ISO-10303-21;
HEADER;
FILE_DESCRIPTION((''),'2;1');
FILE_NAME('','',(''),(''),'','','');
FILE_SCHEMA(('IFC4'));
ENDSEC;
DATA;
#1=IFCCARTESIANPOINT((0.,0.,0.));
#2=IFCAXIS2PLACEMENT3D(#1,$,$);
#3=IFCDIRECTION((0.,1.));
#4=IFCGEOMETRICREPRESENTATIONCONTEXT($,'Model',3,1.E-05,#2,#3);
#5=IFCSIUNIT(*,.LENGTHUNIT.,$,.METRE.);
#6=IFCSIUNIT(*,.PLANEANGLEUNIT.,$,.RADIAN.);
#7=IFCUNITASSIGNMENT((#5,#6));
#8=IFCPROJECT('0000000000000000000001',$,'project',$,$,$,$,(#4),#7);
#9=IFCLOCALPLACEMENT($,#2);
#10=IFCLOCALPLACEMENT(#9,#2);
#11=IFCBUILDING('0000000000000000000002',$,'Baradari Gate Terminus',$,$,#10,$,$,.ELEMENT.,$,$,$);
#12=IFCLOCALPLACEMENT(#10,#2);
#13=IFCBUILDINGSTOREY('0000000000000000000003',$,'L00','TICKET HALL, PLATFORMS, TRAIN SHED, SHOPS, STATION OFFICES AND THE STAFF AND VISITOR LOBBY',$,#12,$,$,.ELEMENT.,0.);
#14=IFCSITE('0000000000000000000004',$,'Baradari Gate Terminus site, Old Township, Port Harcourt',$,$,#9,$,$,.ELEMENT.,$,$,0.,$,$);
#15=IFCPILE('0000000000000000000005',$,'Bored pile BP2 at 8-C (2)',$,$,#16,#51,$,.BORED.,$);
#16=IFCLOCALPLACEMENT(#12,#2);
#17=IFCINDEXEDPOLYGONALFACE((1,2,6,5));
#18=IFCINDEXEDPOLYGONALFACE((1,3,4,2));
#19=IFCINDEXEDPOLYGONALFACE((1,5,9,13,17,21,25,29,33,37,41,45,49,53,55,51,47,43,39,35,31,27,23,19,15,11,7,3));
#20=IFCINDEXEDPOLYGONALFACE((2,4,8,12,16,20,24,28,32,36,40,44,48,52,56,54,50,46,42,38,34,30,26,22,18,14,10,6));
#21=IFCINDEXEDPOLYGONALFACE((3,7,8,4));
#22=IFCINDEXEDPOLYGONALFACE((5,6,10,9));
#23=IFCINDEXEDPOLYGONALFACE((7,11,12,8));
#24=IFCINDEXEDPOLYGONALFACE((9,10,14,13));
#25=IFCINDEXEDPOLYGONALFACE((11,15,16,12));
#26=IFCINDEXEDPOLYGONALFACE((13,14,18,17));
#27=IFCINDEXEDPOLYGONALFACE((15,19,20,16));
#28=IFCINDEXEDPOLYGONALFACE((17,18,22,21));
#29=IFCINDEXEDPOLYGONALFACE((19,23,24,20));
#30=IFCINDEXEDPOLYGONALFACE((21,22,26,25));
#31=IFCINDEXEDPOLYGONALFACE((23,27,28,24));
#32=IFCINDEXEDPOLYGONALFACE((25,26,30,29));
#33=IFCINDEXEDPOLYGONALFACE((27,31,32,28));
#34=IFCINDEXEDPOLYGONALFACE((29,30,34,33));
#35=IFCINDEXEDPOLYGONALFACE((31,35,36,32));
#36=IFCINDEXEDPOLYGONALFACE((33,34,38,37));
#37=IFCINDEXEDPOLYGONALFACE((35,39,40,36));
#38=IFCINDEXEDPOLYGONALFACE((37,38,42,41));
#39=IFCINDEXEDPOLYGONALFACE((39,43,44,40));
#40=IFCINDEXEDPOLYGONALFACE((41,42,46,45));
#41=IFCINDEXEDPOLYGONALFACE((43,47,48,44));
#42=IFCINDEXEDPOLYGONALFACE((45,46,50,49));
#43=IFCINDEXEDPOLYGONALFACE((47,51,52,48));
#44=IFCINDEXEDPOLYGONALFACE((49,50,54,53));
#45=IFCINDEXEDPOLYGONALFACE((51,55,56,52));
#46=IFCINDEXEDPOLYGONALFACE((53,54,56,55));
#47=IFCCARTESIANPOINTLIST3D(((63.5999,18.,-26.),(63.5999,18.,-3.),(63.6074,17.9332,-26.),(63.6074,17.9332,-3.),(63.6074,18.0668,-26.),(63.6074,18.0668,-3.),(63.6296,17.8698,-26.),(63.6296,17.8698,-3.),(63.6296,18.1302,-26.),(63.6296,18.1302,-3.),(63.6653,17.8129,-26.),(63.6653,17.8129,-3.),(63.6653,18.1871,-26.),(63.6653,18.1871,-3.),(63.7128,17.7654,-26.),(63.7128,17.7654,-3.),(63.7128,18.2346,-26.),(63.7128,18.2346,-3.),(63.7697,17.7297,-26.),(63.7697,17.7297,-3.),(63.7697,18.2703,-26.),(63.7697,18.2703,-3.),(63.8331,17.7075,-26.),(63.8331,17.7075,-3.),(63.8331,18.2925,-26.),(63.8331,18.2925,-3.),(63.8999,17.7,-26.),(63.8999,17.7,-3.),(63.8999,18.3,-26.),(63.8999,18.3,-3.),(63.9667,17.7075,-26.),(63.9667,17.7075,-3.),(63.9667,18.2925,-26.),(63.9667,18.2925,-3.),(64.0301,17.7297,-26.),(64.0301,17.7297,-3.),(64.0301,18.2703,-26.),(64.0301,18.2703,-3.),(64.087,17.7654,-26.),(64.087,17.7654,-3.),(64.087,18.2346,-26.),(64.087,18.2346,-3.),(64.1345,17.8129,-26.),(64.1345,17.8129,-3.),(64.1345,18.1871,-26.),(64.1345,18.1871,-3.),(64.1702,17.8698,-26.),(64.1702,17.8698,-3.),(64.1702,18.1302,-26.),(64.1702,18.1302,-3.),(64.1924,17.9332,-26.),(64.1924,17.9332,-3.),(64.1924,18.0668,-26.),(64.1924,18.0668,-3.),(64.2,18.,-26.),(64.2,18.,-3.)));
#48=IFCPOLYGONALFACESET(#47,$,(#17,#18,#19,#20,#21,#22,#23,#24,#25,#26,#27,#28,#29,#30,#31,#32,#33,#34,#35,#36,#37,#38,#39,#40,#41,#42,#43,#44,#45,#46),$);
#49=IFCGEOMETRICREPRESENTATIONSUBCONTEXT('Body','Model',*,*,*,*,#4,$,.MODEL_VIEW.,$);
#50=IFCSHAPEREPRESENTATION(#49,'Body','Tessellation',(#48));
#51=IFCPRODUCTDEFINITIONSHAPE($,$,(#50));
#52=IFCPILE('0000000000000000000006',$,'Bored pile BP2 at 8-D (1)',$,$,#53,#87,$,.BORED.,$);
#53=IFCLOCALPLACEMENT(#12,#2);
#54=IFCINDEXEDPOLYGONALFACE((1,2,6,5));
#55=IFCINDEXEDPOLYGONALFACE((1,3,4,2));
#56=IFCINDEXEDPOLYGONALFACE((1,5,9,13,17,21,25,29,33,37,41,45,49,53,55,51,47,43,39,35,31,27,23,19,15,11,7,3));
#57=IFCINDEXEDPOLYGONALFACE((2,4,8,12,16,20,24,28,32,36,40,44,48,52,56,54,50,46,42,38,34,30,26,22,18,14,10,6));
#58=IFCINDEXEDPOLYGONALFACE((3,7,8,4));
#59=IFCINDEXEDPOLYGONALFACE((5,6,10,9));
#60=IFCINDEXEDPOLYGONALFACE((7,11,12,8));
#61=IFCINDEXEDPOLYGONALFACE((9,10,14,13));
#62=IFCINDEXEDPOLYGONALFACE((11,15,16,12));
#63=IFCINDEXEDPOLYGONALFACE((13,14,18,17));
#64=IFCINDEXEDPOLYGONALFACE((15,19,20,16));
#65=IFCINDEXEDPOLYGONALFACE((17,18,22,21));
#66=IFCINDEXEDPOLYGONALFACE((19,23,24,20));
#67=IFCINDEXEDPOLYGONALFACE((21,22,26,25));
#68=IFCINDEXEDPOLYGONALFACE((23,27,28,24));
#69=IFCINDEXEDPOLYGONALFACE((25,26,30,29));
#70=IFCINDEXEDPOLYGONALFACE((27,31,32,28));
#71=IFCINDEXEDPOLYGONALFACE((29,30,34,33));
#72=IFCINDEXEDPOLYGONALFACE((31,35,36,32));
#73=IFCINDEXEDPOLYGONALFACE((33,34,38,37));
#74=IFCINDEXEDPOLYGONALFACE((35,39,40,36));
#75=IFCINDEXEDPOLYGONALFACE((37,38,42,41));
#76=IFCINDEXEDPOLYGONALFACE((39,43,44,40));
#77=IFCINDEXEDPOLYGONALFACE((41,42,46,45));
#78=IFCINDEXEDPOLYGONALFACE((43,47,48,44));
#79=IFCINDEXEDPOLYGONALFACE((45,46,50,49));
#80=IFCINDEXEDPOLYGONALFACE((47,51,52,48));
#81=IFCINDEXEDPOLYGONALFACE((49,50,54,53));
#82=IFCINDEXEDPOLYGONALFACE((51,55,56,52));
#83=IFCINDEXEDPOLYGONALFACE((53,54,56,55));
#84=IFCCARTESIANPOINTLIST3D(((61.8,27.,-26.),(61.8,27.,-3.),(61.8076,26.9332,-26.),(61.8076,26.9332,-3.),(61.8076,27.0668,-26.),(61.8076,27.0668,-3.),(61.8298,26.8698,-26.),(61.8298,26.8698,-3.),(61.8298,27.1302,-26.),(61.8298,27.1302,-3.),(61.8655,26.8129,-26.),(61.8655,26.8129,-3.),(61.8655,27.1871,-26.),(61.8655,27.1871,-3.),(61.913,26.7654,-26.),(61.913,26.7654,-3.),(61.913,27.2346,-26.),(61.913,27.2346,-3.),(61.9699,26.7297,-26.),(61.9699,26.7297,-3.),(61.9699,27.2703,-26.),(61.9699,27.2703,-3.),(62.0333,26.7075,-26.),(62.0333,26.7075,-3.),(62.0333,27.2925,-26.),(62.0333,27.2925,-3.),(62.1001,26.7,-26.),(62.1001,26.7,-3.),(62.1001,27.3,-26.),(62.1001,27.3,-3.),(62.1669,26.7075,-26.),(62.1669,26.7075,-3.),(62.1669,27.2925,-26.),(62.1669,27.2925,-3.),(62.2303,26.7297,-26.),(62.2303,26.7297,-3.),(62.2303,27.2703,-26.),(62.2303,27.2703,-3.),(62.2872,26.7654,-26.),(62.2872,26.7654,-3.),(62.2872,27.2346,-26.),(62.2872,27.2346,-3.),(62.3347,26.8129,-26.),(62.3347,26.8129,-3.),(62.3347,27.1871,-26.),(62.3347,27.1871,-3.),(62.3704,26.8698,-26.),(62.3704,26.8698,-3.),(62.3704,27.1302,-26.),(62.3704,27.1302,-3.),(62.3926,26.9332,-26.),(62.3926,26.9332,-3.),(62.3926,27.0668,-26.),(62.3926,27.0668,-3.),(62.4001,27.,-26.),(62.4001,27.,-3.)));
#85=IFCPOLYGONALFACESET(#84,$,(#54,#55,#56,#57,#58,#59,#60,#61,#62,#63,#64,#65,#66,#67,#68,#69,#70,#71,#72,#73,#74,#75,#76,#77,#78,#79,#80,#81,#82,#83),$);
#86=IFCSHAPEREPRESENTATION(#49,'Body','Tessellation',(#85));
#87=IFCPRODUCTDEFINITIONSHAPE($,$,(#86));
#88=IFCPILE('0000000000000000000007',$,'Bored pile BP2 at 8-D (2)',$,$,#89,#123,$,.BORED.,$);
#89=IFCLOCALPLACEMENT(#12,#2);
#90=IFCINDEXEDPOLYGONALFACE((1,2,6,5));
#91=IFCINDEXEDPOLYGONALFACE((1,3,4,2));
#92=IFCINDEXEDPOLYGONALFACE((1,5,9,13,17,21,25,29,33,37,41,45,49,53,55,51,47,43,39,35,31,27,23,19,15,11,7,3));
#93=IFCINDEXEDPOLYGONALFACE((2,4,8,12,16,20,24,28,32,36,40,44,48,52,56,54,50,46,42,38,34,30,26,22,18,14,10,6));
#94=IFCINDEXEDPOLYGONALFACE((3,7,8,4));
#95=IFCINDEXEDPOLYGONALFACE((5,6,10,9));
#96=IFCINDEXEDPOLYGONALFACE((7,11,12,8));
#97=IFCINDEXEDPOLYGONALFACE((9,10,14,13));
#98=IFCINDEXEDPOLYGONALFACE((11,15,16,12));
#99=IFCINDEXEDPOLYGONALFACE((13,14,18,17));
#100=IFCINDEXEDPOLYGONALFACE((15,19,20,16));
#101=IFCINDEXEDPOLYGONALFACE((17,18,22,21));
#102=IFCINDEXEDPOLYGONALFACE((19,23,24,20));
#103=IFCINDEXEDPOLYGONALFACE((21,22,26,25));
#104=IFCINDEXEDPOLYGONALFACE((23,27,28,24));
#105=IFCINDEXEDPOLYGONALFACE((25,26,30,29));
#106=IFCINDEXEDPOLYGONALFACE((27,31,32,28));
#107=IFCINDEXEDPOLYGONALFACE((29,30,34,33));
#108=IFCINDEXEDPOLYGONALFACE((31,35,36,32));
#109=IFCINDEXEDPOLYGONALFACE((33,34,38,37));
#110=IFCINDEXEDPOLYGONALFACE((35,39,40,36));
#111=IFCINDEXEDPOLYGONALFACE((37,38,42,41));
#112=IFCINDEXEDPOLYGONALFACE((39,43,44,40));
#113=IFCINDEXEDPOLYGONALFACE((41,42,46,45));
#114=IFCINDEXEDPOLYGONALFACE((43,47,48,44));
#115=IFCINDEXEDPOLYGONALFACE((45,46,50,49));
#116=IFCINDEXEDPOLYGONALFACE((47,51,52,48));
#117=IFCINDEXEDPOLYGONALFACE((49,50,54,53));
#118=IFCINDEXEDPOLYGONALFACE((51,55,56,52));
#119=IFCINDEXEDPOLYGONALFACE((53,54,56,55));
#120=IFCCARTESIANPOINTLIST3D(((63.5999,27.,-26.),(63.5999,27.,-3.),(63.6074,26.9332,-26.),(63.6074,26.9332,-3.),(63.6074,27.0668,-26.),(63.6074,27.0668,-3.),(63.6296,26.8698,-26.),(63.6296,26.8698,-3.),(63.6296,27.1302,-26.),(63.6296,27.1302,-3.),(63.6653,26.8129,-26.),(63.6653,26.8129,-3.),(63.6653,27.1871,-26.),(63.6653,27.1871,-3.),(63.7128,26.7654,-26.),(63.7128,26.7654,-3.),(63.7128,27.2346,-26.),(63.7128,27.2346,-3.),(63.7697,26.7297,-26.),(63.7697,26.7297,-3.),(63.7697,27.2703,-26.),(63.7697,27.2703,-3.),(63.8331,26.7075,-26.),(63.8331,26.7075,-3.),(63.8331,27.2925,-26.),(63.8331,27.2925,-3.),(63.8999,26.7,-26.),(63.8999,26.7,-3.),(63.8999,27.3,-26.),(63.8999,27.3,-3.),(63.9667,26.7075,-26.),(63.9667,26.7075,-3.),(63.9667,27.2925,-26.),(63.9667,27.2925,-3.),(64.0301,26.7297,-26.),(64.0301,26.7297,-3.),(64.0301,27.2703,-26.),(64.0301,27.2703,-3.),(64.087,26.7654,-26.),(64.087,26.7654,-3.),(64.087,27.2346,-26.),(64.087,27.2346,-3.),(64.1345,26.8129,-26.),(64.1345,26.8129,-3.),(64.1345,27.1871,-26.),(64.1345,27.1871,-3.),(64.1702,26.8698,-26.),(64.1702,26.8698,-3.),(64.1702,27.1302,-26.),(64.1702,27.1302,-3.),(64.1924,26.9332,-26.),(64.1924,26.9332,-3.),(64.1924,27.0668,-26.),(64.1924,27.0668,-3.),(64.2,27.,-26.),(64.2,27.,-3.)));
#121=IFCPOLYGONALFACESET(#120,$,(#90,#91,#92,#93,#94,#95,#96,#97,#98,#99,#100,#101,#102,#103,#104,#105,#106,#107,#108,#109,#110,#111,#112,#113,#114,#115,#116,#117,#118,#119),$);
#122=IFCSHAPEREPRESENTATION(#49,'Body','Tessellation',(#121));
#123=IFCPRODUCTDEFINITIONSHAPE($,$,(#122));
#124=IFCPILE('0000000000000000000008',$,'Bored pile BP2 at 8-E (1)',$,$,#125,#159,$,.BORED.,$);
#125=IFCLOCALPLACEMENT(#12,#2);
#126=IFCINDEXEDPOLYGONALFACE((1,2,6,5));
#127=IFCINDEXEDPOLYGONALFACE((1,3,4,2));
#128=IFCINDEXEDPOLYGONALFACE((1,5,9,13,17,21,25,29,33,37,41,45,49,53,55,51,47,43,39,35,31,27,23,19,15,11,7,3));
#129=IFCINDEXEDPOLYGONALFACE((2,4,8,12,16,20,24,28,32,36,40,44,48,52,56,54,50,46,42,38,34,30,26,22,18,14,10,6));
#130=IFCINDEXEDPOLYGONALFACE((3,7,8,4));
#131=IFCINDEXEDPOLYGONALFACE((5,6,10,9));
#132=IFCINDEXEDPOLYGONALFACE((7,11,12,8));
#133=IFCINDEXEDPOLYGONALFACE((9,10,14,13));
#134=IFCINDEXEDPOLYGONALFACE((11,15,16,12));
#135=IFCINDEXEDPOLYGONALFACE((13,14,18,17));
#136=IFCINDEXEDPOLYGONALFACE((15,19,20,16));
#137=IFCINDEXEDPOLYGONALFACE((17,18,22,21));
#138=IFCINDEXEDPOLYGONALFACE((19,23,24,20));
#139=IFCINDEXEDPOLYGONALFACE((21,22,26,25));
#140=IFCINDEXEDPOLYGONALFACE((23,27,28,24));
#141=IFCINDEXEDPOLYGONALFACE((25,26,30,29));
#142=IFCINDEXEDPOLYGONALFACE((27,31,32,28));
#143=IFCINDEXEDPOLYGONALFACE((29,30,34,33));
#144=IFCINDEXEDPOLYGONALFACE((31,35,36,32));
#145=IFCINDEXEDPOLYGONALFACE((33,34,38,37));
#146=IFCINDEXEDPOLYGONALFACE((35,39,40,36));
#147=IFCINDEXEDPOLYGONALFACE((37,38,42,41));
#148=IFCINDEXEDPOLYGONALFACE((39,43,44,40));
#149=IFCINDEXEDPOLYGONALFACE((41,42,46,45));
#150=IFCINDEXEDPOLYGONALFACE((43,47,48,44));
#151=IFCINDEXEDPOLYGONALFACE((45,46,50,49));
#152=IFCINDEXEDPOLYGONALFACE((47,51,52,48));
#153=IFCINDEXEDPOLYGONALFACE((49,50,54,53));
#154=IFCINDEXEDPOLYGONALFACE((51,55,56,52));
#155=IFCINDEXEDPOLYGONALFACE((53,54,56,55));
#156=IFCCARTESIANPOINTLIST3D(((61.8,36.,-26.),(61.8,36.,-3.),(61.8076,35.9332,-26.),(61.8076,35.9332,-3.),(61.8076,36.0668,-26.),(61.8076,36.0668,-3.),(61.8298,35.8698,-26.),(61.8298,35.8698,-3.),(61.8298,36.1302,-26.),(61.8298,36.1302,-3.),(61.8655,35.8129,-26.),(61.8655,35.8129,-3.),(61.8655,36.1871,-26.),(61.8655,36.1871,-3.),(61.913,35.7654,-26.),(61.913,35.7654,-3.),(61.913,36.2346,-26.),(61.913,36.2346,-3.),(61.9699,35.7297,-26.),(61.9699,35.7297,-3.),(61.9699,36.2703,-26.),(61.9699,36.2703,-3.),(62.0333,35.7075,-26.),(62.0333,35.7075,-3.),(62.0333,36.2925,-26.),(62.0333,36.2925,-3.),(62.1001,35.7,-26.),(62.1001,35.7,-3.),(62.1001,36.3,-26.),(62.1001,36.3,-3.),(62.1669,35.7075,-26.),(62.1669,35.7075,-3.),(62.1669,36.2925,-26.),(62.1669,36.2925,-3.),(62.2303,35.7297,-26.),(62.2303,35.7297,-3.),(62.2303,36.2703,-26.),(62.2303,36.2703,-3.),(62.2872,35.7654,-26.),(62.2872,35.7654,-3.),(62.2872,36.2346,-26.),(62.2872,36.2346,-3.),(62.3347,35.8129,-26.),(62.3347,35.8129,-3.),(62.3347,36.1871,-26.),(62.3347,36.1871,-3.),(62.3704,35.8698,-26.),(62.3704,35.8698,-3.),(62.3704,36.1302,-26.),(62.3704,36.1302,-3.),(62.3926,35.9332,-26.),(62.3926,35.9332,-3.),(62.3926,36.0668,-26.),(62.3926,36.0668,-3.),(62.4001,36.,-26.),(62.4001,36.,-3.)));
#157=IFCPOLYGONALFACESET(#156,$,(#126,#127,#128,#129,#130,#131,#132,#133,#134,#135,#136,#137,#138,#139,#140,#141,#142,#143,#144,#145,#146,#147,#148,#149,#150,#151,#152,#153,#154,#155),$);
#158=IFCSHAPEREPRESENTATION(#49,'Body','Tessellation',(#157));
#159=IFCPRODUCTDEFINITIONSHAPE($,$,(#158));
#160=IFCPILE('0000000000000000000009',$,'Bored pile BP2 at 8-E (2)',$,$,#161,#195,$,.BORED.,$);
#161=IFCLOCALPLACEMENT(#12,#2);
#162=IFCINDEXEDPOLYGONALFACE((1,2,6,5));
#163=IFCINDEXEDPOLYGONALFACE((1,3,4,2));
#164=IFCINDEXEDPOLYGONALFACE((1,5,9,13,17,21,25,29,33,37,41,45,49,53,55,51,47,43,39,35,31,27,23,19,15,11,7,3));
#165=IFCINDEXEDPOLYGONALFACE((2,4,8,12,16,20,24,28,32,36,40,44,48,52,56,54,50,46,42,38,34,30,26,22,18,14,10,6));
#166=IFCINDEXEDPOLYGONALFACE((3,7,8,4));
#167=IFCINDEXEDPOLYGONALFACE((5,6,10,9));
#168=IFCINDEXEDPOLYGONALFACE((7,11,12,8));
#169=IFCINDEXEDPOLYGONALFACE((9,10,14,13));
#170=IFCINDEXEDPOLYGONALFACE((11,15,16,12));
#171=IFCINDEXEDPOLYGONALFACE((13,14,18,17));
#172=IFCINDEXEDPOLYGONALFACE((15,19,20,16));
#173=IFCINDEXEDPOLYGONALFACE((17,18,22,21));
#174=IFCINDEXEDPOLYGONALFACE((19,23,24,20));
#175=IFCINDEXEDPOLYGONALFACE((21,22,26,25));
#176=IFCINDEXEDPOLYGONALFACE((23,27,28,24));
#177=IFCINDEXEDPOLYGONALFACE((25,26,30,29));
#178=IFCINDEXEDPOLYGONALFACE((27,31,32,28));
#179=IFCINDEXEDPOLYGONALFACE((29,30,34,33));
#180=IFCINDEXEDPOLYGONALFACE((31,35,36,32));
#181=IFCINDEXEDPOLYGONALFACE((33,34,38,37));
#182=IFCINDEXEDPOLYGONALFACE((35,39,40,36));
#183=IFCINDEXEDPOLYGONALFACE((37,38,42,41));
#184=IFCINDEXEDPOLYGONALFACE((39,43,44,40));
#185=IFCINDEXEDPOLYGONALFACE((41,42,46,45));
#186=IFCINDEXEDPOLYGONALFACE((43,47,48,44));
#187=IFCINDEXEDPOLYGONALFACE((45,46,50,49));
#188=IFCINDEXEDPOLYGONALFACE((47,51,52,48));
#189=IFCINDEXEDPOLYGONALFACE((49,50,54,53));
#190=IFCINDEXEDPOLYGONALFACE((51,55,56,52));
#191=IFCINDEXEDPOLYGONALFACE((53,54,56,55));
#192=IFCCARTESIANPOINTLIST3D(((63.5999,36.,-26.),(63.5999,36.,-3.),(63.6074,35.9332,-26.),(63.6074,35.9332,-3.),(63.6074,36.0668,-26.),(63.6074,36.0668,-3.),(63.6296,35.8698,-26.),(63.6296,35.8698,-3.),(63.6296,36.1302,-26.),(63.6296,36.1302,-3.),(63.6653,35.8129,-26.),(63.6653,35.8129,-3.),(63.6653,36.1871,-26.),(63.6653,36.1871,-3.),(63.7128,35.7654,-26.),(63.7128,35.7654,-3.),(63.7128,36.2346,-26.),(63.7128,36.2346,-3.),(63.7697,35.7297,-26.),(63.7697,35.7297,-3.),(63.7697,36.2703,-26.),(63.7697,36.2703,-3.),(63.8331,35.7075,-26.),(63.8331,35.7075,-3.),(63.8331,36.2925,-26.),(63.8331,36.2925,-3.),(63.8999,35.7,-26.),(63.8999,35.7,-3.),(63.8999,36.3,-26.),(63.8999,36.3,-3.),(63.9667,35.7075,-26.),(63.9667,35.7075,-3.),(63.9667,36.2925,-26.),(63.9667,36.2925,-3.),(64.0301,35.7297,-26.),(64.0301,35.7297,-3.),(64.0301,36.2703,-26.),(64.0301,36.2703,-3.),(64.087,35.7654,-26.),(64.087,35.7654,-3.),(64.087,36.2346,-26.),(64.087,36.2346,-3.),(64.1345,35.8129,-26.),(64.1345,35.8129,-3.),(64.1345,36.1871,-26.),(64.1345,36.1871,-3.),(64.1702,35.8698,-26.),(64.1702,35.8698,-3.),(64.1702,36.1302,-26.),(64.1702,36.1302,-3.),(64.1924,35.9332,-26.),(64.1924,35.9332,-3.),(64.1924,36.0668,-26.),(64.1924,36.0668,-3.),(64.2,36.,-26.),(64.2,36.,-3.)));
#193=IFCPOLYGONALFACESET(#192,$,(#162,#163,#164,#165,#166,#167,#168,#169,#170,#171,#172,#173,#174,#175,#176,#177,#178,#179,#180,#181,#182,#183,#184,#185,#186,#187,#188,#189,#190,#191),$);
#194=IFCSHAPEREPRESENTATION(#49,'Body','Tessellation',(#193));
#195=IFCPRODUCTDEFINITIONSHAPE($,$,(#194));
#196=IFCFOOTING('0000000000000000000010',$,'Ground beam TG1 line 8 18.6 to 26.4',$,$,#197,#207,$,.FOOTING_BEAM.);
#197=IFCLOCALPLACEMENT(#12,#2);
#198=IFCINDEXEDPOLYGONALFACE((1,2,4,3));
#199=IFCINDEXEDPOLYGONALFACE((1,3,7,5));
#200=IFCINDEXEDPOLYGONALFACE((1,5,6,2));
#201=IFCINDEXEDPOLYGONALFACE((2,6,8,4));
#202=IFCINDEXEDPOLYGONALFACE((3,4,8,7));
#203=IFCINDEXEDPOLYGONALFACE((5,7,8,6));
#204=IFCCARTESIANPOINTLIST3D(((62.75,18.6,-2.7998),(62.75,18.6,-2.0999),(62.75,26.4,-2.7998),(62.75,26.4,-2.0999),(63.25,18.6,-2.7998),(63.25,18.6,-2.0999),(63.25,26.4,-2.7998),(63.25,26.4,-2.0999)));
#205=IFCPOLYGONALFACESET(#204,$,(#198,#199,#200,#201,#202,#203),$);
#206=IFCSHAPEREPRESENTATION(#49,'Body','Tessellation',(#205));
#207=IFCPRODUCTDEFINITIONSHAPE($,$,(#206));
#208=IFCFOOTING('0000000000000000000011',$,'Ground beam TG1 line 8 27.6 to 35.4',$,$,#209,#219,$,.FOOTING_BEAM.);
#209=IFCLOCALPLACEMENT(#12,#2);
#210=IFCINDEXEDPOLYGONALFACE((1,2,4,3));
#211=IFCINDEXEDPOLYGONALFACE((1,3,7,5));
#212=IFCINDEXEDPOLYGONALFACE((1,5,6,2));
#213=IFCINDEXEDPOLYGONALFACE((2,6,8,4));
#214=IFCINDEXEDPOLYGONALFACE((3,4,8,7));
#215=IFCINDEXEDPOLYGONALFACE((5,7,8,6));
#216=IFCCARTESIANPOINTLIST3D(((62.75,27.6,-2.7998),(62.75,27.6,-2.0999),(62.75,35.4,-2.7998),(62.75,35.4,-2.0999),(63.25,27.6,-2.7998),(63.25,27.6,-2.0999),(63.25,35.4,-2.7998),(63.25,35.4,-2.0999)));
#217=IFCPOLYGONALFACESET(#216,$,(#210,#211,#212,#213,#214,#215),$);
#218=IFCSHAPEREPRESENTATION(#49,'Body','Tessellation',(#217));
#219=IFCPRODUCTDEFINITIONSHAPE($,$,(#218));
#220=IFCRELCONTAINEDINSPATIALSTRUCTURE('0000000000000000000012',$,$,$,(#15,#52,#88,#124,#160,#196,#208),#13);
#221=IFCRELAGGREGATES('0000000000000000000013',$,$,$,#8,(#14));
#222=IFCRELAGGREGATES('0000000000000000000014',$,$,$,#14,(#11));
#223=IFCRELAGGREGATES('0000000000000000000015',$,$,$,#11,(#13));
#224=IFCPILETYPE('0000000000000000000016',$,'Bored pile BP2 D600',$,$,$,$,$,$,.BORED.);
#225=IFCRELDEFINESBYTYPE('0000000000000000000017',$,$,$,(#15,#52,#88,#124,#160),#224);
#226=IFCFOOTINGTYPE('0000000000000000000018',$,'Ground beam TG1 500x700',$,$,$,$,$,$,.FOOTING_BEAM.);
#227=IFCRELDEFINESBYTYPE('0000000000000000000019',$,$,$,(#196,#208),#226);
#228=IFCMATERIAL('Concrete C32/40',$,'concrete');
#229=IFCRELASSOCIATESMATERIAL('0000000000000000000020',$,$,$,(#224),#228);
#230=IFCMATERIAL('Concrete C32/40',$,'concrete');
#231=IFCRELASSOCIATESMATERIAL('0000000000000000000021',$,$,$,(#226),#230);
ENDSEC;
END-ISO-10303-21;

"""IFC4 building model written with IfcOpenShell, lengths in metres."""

from ifc_helpers import new_model, si_unit, direction, frame, origin, origin_2d, place, context, subcontext, project, spatial, rectangle, circle, extrude, material, type_object, element, save


model = new_model("IFC4")

# Units and contexts
model_context = context("Model", 3, precision=1e-05, world=origin(), true_north=direction((0.0, 1.0)))
body_context = subcontext(model_context, "Body", "Model", "MODEL_VIEW")
ifc_project = project(units=[si_unit("LENGTHUNIT", "METRE"), si_unit("PLANEANGLEUNIT", "RADIAN")], contexts=[model_context])

# Site, building, storey
site_placement = place(None, origin())
site = spatial("IfcSite", under=ifc_project, at=site_placement, Name="Baradari Gate Terminus site, Old Township, Port Harcourt", CompositionType="ELEMENT", RefElevation=0.0)
building_placement = place(site_placement, origin())
building = spatial("IfcBuilding", under=site, at=building_placement, Name="Baradari Gate Terminus", CompositionType="ELEMENT")
storey_placement = place(building_placement, origin())
storey = spatial("IfcBuildingStorey", under=building, at=storey_placement, Name="L00", Description="TICKET HALL, PLATFORMS, TRAIN SHED, SHOPS, STATION OFFICES AND THE STAFF AND VISITOR LOBBY", CompositionType="ELEMENT", Elevation=0.0)

# Piles
ifc_material_1 = material(Name="Concrete C32/40", Category="concrete")
pile_type = type_object("IfcPileType", Name="Bored pile BP2 D600", PredefinedType="BORED", material=ifc_material_1)
for number, where, z_axis, x_axis, name in (
    (1, (63.8999, 18.0, -3.0), (0.0, 0.0, -1.0), (1.0, 0.0, 0.0), "Bored pile BP2 at 8-C (2)"),
    (2, (62.1001, 27.0, -3.0), (0.0, 0.0, -1.0), (1.0, 0.0, 0.0), "Bored pile BP2 at 8-D (1)"),
    (3, (63.8999, 27.0, -3.0), (0.0, 0.0, -1.0), (1.0, 0.0, 0.0), "Bored pile BP2 at 8-D (2)"),
    (4, (62.1001, 36.0, -3.0), (0.0, 0.0, -1.0), (1.0, 0.0, 0.0), "Bored pile BP2 at 8-E (1)"),
    (5, (63.8999, 36.0, -3.0), (0.0, 0.0, -1.0), (1.0, 0.0, 0.0), "Bored pile BP2 at 8-E (2)"),
):
    element("IfcPile", number, at=place(storey_placement, frame(where, z_axis=z_axis, x_axis=x_axis)), inside=storey, type_object=pile_type, Name=name, PredefinedType="BORED", context=body_context, shape_type="SweptSolid", body=[
        extrude(circle(Radius=0.3, at=origin_2d()), origin(), (0.0, 0.0, 1.0), 23.0),
    ])

# Footings
ifc_material_2 = material(Name="Concrete C32/40", Category="concrete")
footing_type_1 = type_object("IfcFootingType", Name="Ground beam TG1 500x700", PredefinedType="FOOTING_BEAM", material=ifc_material_2)
for number, where, z_axis, x_axis, name in (
    (6, (63.0, 22.5, -2.7998), (0.0, 0.0, 1.0), (1.0, 0.0, 0.0), "Ground beam TG1 line 8 18.6 to 26.4"),
    (7, (63.0, 31.5, -2.7998), (0.0, 0.0, 1.0), (1.0, 0.0, 0.0), "Ground beam TG1 line 8 27.6 to 35.4"),
):
    element("IfcFooting", number, at=place(storey_placement, frame(where, z_axis=z_axis, x_axis=x_axis)), inside=storey, type_object=footing_type_1, Name=name, PredefinedType="FOOTING_BEAM", context=body_context, shape_type="SweptSolid", body=[
        extrude(rectangle(XDim=0.5, YDim=7.8, at=origin_2d()), origin(), (0.0, 0.0, 1.0), 0.7),
    ])

save(model, "model.ifc")
